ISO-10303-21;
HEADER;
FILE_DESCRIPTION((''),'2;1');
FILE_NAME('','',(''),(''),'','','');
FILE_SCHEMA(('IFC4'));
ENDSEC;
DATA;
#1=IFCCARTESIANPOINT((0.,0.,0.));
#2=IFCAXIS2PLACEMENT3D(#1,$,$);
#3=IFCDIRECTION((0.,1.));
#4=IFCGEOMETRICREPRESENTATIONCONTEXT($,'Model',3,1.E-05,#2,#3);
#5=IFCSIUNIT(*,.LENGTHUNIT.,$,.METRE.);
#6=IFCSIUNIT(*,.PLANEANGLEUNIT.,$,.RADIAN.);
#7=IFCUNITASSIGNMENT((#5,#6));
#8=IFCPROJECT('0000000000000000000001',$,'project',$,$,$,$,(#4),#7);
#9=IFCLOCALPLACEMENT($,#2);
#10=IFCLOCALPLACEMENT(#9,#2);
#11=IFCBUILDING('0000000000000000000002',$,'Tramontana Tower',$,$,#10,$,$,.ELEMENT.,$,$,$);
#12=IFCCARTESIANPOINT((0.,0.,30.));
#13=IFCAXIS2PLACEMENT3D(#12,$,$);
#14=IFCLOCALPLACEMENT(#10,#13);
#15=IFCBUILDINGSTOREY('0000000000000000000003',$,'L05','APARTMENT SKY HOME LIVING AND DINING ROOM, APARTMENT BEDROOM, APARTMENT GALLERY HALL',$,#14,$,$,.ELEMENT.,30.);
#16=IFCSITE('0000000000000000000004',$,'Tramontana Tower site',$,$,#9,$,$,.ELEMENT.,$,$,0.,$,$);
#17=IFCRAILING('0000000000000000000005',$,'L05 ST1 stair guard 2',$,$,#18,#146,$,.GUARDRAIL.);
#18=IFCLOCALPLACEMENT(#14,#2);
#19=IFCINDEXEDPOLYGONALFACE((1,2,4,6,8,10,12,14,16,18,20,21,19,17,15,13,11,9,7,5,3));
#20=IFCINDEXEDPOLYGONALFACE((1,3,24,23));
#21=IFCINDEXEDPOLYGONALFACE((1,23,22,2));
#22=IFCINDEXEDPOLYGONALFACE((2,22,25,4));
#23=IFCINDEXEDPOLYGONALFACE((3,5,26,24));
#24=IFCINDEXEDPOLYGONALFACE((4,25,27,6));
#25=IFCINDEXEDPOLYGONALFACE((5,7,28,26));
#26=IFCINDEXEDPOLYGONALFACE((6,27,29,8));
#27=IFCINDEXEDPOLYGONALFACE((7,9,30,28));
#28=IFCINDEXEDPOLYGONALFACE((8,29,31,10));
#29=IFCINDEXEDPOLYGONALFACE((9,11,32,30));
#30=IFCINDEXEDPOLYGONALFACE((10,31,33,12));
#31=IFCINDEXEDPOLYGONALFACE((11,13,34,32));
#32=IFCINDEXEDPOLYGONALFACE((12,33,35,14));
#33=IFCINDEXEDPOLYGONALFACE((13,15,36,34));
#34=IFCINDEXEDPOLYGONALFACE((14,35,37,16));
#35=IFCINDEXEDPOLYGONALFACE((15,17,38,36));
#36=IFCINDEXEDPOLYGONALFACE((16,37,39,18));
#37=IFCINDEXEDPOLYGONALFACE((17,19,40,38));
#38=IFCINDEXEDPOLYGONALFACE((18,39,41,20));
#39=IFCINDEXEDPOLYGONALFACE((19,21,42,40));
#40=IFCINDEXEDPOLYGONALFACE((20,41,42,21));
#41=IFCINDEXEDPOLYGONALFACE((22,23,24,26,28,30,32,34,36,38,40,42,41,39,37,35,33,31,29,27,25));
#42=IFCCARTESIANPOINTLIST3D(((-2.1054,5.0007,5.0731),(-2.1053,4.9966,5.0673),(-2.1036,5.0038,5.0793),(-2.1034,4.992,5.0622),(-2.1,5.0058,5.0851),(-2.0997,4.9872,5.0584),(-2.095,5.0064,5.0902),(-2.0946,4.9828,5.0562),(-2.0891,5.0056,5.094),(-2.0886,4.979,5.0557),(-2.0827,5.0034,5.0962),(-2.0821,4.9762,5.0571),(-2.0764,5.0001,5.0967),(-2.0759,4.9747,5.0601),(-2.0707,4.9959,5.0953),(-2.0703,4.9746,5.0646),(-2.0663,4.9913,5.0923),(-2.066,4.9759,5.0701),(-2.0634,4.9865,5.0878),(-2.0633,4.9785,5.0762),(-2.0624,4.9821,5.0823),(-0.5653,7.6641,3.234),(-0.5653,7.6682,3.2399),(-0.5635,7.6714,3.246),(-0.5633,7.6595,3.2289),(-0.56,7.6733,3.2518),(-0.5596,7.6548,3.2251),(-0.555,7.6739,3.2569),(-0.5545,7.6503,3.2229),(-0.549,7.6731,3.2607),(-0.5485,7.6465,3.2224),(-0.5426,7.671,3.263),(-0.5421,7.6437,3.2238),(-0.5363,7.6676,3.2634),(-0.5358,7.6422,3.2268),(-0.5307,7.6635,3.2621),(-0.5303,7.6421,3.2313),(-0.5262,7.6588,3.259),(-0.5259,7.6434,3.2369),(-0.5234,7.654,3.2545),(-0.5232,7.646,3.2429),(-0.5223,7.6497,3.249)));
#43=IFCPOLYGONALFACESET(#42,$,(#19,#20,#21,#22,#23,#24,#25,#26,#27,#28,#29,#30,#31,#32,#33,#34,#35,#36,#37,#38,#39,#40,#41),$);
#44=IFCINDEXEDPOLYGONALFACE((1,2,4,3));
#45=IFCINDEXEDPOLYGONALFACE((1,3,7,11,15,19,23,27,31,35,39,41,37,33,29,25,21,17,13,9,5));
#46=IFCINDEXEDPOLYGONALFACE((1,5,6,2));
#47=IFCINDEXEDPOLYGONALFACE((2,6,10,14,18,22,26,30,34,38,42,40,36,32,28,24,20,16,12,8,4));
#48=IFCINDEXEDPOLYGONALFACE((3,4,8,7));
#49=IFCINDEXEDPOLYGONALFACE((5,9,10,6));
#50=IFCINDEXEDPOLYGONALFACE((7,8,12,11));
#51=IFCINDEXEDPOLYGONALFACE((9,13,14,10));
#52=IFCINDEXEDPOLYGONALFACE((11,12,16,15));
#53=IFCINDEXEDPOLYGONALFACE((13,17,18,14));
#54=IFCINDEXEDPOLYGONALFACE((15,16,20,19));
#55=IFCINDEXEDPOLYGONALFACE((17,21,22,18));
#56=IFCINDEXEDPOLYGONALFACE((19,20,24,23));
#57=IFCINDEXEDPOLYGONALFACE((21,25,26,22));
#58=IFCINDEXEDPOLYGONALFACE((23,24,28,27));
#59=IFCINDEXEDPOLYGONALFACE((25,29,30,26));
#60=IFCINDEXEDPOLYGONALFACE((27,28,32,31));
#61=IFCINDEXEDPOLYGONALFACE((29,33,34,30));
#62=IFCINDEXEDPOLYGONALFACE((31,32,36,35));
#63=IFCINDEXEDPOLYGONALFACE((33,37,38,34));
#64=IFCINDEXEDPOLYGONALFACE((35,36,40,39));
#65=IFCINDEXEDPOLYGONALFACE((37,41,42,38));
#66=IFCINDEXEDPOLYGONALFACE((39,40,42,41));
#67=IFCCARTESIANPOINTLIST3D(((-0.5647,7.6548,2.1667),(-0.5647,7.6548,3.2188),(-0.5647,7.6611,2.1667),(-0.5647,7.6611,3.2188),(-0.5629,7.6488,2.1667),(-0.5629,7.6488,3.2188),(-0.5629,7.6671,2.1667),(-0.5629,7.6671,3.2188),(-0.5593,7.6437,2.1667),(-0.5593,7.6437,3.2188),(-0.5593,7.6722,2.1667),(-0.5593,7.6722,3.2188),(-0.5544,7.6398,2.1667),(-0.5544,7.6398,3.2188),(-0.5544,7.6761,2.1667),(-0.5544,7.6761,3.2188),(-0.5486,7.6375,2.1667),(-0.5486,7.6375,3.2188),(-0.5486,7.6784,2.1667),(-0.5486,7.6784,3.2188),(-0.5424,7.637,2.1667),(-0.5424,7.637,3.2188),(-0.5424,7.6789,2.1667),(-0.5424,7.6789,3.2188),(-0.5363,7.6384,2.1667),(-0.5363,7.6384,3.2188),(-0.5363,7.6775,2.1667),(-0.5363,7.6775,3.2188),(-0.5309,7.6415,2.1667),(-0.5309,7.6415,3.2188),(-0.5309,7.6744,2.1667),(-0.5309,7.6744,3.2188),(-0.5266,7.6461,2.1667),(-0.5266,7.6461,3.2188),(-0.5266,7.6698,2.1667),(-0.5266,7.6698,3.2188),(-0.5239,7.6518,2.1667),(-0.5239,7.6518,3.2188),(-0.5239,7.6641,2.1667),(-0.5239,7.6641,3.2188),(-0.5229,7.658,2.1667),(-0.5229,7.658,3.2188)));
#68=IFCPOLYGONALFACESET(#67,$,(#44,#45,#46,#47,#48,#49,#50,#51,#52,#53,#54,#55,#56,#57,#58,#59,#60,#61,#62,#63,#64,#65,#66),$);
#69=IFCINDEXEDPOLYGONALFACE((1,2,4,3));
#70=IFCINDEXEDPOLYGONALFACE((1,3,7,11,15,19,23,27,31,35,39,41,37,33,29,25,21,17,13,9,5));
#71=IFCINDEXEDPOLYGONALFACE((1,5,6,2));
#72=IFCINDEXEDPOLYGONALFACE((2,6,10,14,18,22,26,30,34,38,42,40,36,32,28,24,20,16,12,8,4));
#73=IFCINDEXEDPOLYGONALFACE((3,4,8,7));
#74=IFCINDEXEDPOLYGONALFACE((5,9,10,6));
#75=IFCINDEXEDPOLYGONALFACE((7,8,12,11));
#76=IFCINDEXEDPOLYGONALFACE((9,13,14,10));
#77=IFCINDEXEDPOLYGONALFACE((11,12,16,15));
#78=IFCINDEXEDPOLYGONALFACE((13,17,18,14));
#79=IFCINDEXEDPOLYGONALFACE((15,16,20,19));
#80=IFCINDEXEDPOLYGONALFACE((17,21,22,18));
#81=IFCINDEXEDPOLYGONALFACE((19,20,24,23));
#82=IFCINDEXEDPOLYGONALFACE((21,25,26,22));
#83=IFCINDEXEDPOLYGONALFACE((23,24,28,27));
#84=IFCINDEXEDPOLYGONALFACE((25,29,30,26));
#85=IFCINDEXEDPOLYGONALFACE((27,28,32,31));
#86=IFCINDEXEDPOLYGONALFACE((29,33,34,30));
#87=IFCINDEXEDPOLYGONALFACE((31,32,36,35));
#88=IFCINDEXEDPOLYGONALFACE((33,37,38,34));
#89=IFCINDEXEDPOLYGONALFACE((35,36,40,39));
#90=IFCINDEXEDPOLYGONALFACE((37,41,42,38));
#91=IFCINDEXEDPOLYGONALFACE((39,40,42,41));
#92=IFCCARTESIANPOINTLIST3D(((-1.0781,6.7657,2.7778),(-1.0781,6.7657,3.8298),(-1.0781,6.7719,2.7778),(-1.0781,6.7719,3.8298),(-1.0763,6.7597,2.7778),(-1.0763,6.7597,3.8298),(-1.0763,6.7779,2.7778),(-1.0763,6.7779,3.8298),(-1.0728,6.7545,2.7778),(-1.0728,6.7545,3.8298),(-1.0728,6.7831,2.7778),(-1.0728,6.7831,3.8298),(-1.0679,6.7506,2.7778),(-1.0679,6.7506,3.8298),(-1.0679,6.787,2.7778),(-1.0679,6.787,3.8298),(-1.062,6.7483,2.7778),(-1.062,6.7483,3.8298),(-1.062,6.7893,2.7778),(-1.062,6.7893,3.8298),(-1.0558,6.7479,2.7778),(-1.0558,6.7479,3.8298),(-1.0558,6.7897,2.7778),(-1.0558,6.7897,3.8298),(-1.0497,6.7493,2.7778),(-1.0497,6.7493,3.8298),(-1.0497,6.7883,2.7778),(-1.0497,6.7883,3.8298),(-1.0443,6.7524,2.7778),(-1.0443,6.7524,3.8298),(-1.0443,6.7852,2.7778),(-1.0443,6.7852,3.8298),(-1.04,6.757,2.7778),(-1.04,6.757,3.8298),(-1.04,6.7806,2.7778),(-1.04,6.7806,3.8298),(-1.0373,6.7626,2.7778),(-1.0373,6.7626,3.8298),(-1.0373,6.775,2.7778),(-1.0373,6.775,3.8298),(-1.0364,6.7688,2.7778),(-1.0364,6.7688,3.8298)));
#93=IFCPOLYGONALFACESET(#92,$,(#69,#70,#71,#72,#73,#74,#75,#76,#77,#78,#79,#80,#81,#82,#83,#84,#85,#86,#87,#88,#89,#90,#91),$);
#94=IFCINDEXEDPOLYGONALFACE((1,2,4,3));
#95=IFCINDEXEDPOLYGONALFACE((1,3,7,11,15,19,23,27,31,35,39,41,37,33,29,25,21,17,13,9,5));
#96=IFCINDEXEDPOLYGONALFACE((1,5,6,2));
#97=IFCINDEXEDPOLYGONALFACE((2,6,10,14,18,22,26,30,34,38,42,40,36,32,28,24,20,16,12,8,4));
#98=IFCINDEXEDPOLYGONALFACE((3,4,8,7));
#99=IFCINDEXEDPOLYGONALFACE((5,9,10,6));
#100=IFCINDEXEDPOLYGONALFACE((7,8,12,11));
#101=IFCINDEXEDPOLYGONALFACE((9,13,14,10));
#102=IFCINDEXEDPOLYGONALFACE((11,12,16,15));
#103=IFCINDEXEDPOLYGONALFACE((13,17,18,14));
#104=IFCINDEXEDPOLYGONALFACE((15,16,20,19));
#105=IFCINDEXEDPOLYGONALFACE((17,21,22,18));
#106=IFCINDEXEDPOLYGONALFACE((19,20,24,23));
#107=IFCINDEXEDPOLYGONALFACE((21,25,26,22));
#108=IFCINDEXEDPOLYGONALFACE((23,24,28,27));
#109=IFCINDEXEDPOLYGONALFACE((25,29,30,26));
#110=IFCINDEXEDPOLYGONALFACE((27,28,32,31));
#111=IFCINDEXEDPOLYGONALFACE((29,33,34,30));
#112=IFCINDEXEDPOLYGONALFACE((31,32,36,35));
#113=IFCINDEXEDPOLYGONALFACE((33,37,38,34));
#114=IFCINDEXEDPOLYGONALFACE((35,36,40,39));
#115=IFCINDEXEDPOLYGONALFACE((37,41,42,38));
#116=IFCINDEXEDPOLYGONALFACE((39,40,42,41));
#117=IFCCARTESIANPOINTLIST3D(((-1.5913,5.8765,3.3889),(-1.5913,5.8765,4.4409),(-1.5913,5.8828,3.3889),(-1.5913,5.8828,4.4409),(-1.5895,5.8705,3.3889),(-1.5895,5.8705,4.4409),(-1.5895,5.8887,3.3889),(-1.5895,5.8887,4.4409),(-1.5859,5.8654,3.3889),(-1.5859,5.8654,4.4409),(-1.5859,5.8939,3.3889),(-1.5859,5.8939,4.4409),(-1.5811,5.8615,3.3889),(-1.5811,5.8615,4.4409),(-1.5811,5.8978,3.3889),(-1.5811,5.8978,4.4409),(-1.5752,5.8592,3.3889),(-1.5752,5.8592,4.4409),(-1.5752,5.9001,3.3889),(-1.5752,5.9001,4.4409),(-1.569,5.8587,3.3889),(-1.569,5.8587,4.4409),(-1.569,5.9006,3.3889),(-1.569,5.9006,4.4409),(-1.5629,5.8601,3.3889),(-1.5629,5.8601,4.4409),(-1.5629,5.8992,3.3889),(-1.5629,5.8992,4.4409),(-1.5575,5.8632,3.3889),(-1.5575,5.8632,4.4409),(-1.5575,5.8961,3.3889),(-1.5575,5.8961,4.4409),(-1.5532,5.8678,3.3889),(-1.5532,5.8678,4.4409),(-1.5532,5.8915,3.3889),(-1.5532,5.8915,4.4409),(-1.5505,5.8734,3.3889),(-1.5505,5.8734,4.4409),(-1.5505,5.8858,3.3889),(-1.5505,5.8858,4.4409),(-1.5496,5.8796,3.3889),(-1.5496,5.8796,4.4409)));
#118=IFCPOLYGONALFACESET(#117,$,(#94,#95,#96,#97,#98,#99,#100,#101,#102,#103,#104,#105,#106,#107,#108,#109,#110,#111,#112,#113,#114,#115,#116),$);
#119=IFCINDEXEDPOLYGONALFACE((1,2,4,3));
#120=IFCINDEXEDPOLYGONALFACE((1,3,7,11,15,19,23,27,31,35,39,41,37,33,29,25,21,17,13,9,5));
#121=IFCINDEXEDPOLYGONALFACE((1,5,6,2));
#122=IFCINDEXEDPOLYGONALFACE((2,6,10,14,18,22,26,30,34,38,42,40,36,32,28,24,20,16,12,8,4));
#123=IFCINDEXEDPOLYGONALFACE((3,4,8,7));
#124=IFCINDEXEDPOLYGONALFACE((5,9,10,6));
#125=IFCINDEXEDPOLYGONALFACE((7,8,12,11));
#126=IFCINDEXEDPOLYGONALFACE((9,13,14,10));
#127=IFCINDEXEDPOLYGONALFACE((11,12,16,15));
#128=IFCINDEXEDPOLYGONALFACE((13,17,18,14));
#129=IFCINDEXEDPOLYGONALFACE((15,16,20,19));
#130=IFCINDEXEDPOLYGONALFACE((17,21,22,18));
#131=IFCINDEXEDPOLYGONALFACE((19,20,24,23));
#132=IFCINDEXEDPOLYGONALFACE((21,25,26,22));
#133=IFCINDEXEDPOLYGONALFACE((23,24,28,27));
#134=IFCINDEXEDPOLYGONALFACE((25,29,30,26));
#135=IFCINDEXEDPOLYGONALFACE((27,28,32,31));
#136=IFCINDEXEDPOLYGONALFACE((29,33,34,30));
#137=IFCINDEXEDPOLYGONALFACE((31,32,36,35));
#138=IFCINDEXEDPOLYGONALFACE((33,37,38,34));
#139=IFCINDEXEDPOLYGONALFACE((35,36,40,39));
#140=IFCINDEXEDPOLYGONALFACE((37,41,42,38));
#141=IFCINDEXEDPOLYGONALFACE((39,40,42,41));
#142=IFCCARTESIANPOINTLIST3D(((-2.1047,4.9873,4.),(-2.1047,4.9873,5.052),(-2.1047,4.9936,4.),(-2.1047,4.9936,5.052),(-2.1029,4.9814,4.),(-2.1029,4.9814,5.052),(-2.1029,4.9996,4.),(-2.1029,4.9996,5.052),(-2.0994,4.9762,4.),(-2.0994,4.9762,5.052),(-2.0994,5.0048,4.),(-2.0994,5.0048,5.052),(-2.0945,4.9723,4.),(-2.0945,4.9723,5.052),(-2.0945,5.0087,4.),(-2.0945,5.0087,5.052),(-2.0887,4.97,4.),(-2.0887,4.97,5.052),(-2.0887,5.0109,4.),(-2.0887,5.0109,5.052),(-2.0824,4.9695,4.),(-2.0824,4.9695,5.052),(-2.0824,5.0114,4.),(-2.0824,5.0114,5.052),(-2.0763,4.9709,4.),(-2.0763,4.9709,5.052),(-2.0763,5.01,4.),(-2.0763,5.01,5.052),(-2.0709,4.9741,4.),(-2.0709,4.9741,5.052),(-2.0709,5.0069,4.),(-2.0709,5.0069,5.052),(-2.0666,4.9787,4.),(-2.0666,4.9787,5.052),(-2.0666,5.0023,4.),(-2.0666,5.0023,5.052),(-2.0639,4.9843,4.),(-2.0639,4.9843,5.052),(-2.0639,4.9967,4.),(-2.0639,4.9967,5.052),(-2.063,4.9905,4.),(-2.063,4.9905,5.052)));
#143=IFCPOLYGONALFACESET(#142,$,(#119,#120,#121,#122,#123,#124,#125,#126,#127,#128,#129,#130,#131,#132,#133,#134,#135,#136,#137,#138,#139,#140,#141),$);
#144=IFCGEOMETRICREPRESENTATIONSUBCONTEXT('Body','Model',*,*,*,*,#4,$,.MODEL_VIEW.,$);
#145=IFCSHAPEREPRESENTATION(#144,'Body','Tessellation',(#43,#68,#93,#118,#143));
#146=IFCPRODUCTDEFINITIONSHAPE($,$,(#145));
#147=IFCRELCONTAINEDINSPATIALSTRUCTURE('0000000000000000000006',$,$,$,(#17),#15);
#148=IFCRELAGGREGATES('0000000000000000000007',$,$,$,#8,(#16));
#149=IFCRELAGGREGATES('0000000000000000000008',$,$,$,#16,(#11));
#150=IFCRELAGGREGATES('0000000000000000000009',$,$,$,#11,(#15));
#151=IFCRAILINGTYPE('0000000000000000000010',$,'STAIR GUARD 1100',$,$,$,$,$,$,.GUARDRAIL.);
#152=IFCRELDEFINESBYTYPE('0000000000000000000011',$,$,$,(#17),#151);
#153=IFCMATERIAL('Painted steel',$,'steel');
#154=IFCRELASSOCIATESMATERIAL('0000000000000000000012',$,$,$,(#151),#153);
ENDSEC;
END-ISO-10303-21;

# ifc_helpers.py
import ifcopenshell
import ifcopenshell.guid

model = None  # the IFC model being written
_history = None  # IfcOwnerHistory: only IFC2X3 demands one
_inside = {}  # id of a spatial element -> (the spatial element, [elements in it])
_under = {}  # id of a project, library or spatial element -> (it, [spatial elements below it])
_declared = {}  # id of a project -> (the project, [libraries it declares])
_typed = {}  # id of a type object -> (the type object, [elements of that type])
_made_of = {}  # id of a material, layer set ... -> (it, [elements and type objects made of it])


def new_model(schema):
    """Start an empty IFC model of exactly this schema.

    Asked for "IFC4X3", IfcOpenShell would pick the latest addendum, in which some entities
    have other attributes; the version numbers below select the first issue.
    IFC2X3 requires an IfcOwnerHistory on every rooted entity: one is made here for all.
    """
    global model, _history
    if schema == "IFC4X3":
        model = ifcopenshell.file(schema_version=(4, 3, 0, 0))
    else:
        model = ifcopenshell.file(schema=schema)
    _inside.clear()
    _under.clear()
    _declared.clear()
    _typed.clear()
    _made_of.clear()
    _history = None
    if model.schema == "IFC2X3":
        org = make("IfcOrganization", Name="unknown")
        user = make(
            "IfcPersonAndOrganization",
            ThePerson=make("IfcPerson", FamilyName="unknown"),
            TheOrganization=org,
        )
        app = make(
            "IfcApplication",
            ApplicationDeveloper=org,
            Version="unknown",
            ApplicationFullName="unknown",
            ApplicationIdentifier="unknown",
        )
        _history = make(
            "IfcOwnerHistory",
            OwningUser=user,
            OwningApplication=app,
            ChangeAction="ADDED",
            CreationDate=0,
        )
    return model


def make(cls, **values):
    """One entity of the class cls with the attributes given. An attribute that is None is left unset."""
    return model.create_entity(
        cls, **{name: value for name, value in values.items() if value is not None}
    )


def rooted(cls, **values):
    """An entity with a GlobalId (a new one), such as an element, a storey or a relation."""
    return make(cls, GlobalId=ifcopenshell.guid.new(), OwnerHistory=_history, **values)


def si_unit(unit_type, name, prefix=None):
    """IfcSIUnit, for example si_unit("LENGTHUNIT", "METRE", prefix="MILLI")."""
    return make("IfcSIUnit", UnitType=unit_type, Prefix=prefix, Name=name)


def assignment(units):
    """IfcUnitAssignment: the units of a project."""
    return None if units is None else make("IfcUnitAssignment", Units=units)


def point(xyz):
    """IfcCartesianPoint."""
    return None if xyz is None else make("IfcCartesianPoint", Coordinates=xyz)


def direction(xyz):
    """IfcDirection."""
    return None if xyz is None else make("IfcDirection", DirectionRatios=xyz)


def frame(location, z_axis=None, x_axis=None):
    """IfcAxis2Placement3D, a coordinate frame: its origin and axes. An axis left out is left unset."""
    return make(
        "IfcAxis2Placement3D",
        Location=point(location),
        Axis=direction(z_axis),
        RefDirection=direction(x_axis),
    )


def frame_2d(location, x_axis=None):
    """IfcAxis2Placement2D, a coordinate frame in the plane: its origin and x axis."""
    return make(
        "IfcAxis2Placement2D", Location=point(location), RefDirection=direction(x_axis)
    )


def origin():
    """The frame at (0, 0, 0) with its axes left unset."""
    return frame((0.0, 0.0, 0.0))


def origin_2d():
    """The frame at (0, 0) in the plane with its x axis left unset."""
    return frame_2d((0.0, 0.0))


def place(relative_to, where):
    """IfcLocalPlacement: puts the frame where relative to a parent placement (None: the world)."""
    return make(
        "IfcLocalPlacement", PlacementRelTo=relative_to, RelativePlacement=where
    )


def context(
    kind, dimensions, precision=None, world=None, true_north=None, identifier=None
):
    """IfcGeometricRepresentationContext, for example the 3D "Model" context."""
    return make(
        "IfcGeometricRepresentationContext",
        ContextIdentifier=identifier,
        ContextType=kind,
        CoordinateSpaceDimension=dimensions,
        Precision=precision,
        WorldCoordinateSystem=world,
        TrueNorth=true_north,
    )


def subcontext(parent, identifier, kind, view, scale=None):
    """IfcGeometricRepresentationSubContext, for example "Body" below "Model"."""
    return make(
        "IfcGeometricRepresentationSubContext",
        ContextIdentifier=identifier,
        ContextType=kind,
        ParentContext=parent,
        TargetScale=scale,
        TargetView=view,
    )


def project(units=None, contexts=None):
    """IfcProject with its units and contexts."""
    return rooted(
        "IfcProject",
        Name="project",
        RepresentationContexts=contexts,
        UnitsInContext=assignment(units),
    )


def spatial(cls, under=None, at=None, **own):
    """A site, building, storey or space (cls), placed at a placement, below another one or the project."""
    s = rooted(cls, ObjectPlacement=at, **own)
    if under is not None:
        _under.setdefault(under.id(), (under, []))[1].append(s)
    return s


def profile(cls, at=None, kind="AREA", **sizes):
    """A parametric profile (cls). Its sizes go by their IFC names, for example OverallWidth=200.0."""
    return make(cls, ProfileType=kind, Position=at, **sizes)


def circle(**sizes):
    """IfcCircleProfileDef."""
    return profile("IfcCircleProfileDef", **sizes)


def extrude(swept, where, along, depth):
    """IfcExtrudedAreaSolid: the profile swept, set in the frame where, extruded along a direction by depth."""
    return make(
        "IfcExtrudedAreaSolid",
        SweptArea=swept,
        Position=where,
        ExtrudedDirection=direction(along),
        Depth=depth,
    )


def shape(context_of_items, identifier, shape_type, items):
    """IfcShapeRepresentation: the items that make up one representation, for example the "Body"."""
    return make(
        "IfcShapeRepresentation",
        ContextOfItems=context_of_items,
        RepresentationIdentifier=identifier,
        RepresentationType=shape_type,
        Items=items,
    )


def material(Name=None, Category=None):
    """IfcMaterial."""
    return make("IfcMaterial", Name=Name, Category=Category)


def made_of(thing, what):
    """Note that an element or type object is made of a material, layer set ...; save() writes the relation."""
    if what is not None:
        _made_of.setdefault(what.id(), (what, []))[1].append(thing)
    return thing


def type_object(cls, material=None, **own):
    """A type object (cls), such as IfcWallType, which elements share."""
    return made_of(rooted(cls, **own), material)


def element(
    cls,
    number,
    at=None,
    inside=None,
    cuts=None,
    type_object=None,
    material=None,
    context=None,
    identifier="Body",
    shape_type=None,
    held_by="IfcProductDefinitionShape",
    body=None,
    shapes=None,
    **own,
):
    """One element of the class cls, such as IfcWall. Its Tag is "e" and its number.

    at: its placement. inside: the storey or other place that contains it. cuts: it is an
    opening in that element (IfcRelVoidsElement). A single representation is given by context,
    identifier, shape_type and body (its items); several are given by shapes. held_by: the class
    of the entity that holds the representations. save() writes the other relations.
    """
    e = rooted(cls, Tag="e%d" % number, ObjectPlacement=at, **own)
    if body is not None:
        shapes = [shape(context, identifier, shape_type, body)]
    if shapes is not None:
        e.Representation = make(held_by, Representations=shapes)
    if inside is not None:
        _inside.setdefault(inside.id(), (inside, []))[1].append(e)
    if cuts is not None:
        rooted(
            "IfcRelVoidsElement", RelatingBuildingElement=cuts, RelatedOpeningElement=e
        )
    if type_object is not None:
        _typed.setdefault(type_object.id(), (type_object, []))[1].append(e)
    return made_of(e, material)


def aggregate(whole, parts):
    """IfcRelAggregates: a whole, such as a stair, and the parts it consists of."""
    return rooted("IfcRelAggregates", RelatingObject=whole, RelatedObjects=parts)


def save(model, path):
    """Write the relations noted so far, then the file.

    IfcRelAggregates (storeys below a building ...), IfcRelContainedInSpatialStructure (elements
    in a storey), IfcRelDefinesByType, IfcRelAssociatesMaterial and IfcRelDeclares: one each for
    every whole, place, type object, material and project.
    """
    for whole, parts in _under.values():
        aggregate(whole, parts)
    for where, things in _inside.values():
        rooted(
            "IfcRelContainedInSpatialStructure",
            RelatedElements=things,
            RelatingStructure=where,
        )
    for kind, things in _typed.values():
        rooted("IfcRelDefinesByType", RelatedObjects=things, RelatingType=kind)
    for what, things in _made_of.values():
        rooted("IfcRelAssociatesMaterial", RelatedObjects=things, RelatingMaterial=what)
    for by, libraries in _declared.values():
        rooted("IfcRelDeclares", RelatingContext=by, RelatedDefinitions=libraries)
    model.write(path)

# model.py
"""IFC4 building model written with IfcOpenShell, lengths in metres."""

from ifc_helpers import new_model, si_unit, direction, frame, origin, origin_2d, place, context, subcontext, project, spatial, circle, extrude, material, type_object, element, save


model = new_model("IFC4")

# Units and contexts
model_context = context("Model", 3, precision=1e-05, world=origin(), true_north=direction((0.0, 1.0)))
body_context = subcontext(model_context, "Body", "Model", "MODEL_VIEW")
ifc_project = project(units=[si_unit("LENGTHUNIT", "METRE"), si_unit("PLANEANGLEUNIT", "RADIAN")], contexts=[model_context])

# Site, building, storey
site_placement = place(None, origin())
site = spatial("IfcSite", under=ifc_project, at=site_placement, Name="Tramontana Tower site", CompositionType="ELEMENT", RefElevation=0.0)
building_placement = place(site_placement, origin())
building = spatial("IfcBuilding", under=site, at=building_placement, Name="Tramontana Tower", CompositionType="ELEMENT")
storey_placement = place(building_placement, frame((0.0, 0.0, 30.0)))
storey = spatial("IfcBuildingStorey", under=building, at=storey_placement, Name="L05", Description="APARTMENT SKY HOME LIVING AND DINING ROOM, APARTMENT BEDROOM, APARTMENT GALLERY HALL", CompositionType="ELEMENT", Elevation=30.0)

# Railing
ifc_material_1 = material(Name="Painted steel", Category="steel")
railing_type = type_object("IfcRailingType", Name="STAIR GUARD 1100", PredefinedType="GUARDRAIL", material=ifc_material_1)
railing_1_placement = place(storey_placement, frame((-0.5439, 7.658, 2.1667)))
element("IfcRailing", 1, at=railing_1_placement, inside=storey, type_object=railing_type, Name="L05 ST1 stair guard 2", PredefinedType="GUARDRAIL", context=body_context, shape_type="SweptSolid", body=[
    extrude(circle(Radius=0.0239, at=origin_2d()), frame((0.0, 0.0, 1.0762), z_axis=(-0.429649, -0.74419, 0.511452), x_axis=(0.86603, -0.499992, 0.0)), (0.0, 0.0, 1.0), 3.5845),
    extrude(circle(Radius=0.021, at=origin_2d()), origin(), (0.0, 0.0, 1.0), 1.052),
    extrude(circle(Radius=0.021, at=origin_2d()), frame((-0.5134, -0.8892, 0.6111)), (0.0, 0.0, 1.0), 1.052),
    extrude(circle(Radius=0.021, at=origin_2d()), frame((-1.0266, -1.7783, 1.2222)), (0.0, 0.0, 1.0), 1.052),
    extrude(circle(Radius=0.021, at=origin_2d()), frame((-1.54, -2.6675, 1.8333)), (0.0, 0.0, 1.0), 1.052),
])

save(model, "model.ifc")
